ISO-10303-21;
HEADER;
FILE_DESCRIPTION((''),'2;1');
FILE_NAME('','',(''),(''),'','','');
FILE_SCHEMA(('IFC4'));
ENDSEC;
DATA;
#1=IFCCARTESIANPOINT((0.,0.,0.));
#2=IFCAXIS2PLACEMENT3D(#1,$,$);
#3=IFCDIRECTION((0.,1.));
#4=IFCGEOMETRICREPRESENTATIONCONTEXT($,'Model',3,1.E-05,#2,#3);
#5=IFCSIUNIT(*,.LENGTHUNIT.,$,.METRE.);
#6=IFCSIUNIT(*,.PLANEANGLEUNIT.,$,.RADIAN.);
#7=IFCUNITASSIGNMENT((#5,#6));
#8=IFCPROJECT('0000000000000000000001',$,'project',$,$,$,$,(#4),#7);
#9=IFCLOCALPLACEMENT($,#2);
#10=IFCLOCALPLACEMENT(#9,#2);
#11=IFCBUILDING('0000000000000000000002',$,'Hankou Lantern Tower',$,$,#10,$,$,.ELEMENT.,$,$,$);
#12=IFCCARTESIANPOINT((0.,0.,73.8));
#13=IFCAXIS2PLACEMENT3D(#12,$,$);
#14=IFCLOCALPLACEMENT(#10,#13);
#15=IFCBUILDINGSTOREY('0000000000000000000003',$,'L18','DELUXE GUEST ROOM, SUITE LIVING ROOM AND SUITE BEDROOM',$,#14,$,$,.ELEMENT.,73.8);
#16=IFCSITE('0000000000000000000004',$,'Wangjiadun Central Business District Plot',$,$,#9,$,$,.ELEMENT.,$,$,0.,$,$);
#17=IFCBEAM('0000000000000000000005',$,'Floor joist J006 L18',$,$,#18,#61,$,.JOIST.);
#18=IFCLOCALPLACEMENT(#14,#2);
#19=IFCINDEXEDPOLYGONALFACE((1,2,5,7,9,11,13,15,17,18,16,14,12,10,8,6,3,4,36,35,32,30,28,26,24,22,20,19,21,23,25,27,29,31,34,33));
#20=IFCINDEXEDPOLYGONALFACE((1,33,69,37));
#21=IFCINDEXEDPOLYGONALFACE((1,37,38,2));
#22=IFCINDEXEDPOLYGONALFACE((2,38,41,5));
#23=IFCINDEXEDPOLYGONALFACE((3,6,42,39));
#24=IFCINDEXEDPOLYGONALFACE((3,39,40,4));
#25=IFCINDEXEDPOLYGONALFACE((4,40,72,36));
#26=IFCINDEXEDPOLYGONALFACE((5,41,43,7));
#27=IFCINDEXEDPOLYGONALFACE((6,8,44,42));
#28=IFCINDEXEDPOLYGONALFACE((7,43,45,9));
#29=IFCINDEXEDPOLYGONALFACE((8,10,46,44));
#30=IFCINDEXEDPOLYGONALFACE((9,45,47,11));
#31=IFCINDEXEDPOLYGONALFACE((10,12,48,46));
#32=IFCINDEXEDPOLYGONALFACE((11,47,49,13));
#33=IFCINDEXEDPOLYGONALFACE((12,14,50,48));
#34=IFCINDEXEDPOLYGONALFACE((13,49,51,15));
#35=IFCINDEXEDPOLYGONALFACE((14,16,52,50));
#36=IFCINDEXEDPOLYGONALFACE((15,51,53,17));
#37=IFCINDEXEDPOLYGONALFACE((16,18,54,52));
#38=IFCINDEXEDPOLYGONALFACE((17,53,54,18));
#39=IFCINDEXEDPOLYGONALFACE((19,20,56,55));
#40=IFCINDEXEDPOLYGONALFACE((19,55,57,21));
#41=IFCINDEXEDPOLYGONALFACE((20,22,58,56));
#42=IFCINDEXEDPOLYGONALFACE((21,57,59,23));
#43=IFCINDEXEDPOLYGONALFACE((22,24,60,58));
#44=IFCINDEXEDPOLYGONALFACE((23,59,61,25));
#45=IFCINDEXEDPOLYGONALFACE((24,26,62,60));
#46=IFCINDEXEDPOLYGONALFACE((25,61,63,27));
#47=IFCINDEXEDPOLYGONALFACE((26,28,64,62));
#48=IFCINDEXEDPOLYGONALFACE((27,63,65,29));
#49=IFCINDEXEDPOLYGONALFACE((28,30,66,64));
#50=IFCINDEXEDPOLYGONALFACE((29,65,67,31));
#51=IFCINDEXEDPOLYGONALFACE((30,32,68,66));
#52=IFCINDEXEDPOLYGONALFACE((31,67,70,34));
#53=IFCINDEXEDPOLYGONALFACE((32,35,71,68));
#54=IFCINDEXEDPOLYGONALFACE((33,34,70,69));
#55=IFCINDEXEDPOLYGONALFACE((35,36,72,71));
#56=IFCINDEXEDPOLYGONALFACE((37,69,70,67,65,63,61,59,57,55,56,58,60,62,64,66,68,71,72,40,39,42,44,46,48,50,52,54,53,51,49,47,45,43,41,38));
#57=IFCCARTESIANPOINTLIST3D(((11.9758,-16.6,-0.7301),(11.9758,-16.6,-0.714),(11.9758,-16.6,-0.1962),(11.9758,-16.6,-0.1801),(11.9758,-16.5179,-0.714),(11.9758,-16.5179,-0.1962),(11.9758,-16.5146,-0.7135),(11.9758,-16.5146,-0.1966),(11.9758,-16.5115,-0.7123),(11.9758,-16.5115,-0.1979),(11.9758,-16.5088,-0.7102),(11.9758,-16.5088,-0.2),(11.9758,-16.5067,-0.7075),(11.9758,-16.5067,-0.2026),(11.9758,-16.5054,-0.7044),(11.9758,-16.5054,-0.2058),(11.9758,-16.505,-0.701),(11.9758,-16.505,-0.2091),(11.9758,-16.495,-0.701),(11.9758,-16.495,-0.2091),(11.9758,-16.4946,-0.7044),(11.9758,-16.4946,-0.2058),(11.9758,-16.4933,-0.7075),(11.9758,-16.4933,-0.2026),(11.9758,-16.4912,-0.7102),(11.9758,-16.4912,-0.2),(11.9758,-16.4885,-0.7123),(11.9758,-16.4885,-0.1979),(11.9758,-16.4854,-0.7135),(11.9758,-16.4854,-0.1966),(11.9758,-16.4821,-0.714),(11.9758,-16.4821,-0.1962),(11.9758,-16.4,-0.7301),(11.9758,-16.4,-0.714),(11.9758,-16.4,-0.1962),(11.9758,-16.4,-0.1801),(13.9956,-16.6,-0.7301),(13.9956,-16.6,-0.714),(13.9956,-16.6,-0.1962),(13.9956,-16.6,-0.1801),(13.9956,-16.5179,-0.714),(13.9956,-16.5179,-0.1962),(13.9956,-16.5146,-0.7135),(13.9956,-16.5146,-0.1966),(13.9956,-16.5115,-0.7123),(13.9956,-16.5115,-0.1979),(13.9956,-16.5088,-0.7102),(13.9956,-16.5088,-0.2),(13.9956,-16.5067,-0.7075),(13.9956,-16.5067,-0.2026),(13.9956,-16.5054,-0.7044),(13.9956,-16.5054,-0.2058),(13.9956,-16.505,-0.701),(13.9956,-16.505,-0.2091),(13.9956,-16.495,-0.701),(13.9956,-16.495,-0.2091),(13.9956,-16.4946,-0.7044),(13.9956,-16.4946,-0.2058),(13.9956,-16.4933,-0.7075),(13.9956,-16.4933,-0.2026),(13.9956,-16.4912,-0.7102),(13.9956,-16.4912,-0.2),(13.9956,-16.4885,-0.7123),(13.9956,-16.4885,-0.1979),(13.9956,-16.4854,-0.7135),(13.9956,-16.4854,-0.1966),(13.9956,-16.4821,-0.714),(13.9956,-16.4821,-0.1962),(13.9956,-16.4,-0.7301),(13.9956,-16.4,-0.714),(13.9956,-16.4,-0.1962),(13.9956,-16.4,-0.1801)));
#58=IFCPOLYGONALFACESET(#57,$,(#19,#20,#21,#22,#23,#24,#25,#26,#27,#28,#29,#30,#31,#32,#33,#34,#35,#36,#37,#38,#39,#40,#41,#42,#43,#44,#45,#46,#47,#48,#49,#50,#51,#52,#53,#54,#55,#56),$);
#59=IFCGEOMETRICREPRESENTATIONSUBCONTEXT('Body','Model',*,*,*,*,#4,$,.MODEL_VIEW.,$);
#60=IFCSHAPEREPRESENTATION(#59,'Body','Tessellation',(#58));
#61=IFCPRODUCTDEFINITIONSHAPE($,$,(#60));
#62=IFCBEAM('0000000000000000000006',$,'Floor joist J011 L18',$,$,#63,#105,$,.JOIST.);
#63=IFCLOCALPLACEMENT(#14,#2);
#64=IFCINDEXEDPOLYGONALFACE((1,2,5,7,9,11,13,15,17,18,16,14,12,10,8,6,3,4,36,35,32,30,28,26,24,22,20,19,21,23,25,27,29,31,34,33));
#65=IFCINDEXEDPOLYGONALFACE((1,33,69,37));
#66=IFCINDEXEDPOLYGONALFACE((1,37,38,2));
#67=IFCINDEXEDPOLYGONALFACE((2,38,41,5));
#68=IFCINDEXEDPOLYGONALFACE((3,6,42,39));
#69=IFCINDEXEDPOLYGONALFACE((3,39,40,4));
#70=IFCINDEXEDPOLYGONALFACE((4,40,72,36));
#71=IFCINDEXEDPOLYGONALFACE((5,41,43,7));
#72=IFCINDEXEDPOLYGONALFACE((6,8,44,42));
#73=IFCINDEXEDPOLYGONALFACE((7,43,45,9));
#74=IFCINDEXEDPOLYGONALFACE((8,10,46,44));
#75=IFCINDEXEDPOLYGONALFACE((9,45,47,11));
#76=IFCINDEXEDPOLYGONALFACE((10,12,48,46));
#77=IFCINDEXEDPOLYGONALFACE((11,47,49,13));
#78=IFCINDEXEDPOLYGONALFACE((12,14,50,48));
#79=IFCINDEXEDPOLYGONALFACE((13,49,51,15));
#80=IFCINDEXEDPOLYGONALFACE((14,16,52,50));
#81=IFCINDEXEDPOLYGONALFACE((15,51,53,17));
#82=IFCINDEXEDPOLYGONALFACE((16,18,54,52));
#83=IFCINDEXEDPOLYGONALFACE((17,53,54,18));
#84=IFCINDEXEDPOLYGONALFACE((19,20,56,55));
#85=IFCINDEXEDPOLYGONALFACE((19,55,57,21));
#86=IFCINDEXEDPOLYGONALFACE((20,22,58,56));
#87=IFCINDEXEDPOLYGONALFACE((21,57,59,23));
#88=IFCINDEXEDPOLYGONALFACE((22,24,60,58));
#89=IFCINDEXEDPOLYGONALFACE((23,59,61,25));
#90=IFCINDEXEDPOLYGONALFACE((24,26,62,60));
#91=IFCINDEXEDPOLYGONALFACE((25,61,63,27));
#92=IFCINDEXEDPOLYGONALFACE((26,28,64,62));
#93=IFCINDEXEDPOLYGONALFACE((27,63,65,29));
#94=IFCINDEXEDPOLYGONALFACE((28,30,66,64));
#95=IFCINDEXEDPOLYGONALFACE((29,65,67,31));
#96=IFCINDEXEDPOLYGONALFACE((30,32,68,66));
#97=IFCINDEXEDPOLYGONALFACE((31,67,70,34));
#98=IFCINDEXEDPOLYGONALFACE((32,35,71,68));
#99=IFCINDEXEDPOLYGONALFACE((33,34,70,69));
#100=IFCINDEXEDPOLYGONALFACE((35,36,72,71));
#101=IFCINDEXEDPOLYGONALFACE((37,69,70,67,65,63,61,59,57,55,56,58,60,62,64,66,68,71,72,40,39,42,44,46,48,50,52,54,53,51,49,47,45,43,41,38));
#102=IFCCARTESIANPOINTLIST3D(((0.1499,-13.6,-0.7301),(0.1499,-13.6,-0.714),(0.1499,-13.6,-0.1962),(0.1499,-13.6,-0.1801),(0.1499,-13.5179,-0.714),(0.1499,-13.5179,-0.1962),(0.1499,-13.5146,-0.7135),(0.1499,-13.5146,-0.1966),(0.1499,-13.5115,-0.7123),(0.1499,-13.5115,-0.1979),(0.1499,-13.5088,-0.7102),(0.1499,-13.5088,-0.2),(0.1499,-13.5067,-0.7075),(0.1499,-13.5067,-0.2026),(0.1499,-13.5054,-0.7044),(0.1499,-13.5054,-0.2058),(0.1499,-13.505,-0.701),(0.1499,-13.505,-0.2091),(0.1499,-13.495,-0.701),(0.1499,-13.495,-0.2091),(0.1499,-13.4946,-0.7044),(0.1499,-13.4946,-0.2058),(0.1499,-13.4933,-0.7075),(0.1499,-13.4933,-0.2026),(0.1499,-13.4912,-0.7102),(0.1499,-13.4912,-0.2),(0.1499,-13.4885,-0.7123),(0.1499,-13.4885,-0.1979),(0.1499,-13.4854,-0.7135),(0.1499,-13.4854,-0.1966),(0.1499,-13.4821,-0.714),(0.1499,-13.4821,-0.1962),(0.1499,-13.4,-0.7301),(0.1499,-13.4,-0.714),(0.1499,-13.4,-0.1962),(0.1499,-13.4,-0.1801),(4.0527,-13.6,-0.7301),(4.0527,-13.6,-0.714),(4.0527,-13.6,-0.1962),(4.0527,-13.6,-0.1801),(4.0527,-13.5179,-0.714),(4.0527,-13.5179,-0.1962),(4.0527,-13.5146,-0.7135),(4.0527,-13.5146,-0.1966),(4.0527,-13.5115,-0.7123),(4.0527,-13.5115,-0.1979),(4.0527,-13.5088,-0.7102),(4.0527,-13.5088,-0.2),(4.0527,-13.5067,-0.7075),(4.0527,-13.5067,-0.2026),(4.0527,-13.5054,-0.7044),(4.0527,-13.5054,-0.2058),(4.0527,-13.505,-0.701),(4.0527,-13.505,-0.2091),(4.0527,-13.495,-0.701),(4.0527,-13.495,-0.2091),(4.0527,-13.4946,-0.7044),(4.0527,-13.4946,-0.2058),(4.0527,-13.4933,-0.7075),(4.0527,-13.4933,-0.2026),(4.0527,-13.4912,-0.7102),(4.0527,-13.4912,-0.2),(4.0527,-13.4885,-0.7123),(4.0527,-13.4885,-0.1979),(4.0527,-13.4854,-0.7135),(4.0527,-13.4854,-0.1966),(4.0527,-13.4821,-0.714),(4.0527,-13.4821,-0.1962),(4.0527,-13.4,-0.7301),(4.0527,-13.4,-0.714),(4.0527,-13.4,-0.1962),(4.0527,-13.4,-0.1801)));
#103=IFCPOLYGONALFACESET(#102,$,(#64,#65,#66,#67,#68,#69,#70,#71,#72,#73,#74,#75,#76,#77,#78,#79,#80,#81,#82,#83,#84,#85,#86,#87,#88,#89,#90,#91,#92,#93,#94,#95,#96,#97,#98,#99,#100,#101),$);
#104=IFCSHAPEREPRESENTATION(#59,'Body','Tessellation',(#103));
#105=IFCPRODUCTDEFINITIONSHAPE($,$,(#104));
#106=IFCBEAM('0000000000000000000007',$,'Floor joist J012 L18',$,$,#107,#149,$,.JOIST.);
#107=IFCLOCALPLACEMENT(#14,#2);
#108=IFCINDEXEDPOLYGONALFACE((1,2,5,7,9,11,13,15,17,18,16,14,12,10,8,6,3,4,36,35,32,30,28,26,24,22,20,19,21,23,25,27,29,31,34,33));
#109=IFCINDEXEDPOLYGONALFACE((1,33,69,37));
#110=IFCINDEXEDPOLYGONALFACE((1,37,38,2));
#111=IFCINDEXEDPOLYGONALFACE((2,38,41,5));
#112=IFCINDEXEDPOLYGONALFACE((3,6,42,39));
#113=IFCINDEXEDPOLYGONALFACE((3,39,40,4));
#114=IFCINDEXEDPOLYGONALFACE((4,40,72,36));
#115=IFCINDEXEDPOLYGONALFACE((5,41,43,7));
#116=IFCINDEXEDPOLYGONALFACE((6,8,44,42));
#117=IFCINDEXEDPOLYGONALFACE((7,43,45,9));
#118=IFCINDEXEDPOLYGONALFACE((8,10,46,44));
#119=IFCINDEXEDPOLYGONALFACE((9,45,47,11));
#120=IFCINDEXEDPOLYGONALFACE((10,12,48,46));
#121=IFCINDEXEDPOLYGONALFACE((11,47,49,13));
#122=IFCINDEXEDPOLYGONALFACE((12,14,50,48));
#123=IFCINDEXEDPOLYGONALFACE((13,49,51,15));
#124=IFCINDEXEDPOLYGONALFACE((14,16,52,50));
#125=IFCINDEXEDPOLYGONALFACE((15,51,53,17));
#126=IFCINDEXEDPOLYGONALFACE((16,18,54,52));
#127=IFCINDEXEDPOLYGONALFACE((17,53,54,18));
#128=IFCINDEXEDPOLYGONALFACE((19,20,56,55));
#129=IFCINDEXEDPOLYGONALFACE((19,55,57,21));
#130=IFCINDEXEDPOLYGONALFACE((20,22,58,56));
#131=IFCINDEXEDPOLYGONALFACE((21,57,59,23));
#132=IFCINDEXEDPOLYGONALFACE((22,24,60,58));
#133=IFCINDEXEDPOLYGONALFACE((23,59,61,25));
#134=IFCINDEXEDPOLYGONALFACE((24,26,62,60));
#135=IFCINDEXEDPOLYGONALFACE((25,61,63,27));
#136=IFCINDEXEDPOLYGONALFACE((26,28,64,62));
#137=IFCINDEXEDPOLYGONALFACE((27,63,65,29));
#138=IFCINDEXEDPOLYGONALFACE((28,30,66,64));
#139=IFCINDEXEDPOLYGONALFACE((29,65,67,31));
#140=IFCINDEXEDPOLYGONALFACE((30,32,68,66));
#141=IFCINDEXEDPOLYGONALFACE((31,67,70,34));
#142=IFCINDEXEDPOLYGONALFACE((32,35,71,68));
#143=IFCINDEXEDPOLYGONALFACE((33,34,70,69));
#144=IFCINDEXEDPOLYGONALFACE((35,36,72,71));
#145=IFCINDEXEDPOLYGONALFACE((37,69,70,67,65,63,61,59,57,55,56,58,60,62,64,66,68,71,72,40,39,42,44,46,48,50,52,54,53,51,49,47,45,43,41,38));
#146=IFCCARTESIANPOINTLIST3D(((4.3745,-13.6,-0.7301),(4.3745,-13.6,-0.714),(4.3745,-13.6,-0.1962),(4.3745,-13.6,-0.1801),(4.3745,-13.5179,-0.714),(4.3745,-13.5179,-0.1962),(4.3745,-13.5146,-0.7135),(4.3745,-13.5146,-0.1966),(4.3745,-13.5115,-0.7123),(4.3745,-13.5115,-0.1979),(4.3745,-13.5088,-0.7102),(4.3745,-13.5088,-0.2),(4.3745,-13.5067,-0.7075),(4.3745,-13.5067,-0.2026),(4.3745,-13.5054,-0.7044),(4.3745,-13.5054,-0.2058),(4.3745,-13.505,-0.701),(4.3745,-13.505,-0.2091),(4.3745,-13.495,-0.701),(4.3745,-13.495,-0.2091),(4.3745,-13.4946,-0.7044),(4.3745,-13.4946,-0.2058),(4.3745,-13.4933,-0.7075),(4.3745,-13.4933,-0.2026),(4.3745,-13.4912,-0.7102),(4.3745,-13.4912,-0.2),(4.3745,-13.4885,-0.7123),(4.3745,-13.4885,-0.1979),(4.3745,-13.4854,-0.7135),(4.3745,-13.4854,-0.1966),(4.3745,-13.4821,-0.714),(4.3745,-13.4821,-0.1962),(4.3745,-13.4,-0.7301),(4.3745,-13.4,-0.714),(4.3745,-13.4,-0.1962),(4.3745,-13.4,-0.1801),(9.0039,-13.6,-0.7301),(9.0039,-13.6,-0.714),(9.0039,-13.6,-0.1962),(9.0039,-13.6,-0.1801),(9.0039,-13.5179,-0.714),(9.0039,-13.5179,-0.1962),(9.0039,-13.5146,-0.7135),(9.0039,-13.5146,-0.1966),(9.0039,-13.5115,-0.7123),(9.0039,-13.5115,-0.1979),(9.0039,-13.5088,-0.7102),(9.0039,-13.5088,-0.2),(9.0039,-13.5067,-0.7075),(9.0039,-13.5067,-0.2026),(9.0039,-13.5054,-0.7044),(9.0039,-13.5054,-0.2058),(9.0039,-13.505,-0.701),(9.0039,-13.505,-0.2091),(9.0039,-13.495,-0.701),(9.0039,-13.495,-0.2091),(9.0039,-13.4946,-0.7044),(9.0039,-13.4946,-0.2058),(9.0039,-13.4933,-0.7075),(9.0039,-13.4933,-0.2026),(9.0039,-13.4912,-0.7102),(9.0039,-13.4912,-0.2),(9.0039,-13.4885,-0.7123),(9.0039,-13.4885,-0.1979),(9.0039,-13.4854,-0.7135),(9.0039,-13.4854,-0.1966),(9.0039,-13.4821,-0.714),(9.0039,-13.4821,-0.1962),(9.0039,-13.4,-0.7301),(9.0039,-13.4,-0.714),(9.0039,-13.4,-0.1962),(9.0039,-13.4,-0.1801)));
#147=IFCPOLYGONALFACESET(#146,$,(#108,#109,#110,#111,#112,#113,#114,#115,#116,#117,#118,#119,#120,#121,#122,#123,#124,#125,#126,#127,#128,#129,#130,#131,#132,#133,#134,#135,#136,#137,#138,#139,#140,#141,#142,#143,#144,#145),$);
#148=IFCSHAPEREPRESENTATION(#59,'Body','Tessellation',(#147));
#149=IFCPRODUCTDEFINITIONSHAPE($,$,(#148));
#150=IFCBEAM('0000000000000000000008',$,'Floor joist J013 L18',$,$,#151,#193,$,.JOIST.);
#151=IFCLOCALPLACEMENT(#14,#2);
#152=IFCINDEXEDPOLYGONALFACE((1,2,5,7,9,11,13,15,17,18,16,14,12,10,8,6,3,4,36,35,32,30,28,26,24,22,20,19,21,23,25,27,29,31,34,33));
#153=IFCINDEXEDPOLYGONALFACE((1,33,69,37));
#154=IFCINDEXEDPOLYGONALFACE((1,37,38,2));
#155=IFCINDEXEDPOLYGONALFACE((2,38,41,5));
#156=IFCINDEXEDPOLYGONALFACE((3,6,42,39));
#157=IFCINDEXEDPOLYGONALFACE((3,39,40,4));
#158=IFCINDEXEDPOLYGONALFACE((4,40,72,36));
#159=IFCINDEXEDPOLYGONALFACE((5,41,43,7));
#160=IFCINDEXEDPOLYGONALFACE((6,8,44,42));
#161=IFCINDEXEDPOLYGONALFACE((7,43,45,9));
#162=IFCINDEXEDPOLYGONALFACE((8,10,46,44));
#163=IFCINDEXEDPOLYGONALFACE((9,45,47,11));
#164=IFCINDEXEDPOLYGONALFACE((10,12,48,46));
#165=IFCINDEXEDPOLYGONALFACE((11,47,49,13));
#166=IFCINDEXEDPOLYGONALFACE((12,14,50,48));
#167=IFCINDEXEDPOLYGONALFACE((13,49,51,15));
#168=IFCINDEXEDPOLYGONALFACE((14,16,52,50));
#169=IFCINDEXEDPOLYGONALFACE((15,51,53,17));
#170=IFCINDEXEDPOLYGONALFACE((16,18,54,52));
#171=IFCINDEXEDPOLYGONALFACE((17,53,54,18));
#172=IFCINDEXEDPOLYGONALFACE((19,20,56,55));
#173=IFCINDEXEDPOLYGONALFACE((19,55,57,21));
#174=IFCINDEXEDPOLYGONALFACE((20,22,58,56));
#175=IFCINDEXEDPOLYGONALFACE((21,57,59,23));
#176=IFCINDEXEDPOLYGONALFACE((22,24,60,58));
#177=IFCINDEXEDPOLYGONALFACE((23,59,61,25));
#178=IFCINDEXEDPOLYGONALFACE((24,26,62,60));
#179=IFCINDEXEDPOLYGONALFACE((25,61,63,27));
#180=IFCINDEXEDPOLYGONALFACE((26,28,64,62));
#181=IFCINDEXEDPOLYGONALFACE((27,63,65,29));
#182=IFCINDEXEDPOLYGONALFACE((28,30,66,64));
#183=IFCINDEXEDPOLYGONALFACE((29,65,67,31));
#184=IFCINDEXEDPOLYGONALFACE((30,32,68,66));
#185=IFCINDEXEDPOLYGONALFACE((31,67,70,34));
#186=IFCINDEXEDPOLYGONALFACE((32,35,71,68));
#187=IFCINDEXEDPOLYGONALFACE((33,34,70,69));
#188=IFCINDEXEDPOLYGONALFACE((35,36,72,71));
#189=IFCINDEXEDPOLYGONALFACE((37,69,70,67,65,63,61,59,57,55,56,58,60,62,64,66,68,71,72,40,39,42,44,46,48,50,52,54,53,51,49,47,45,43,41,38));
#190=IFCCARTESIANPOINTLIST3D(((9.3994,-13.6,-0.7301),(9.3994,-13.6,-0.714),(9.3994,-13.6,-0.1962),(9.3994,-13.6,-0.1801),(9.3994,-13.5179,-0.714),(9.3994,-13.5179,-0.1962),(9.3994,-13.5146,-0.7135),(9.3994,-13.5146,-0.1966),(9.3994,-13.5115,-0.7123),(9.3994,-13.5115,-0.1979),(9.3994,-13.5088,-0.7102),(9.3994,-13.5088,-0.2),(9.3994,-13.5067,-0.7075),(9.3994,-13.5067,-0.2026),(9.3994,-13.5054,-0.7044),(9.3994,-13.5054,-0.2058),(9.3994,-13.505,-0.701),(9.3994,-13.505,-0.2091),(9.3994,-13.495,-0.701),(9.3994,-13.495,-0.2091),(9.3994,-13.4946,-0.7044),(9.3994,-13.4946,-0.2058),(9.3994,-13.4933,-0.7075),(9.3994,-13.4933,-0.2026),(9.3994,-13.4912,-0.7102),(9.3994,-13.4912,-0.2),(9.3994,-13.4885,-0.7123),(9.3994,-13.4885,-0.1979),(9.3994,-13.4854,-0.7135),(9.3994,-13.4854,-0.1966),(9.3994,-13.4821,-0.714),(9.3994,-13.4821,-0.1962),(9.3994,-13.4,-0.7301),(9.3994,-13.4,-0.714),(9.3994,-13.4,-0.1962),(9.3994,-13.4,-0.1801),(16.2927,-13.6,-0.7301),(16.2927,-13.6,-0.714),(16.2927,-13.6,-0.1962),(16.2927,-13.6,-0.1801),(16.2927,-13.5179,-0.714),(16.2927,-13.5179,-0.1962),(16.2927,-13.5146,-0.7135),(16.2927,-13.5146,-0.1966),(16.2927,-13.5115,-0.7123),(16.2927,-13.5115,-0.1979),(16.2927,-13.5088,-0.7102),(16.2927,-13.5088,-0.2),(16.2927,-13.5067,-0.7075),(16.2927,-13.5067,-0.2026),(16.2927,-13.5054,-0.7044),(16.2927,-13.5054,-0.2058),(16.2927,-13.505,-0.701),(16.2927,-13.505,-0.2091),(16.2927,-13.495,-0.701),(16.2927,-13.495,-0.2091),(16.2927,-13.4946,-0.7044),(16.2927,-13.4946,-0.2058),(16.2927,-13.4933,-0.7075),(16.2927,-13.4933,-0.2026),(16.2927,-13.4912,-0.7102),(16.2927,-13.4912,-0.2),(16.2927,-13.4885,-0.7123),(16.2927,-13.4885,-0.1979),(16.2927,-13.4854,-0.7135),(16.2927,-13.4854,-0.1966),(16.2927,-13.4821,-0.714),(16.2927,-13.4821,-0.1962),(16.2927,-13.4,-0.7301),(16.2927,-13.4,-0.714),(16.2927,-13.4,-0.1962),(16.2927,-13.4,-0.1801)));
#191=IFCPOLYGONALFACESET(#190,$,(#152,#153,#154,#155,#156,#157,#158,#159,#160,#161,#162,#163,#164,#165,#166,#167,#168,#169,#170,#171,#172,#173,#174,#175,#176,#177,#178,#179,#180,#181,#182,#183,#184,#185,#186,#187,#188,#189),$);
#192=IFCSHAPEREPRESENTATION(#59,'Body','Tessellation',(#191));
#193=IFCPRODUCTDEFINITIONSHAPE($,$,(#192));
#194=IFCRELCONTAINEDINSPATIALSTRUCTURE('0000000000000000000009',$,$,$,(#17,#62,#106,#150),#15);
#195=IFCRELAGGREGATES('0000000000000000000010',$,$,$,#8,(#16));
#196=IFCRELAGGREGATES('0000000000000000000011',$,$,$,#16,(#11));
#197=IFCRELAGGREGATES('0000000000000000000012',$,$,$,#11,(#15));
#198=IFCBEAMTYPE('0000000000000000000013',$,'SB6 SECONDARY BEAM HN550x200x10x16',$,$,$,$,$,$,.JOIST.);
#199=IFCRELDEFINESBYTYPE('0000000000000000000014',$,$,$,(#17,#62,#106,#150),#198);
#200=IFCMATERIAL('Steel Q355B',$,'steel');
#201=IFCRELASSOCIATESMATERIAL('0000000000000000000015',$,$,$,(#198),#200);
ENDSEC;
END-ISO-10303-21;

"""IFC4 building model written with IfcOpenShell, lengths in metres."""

from ifc_helpers import new_model, si_unit, direction, frame, origin, origin_2d, place, context, subcontext, project, spatial, i_section, extrude, material, material_profile, profile_set, type_object, element, save


model = new_model("IFC4")

# Units and contexts
model_context = context("Model", 3, precision=1e-05, world=origin(), true_north=direction((0.0, 1.0)))
body_context = subcontext(model_context, "Body", "Model", "MODEL_VIEW")
ifc_project = project(units=[si_unit("LENGTHUNIT", "METRE"), si_unit("PLANEANGLEUNIT", "RADIAN")], contexts=[model_context])

# Site, building, storey
site_placement = place(None, origin())
site = spatial("IfcSite", under=ifc_project, at=site_placement, Name="Wangjiadun Central Business District Plot", CompositionType="ELEMENT", RefElevation=0.0)
building_placement = place(site_placement, origin())
building = spatial("IfcBuilding", under=site, at=building_placement, Name="Hankou Lantern Tower", CompositionType="ELEMENT")
storey_placement = place(building_placement, frame((0.0, 0.0, 73.8)))
storey = spatial("IfcBuildingStorey", under=building, at=storey_placement, Name="L18", Description="DELUXE GUEST ROOM, SUITE LIVING ROOM AND SUITE BEDROOM", CompositionType="ELEMENT", Elevation=73.8)

# Beams
ifc_material_1 = material(Name="Steel Q355B", Category="steel")
ifc_material_profile_1 = material_profile(ifc_material_1, i_section(OverallWidth=0.2, OverallDepth=0.55, WebThickness=0.01, FlangeThickness=0.0161, FilletRadius=0.0129, at=origin_2d()), Name="HN550x200x10x16")
ifc_profile_set_1 = profile_set([ifc_material_profile_1], Name="Steel Q355B")
beam_type_1 = type_object("IfcBeamType", Name="SB6 SECONDARY BEAM HN550x200x10x16", PredefinedType="JOIST", material=ifc_profile_set_1)
beam_1_placement = place(storey_placement, frame((11.9758, -16.5, -0.4551), z_axis=(1.0, 0.0, 0.0), x_axis=(0.0, 1.0, 0.0)))
element("IfcBeam", 1, at=beam_1_placement, inside=storey, type_object=beam_type_1, Name="Floor joist J006 L18", PredefinedType="JOIST", context=body_context, shape_type="SweptSolid", body=[
    extrude(i_section(OverallWidth=0.2, OverallDepth=0.55, WebThickness=0.01, FlangeThickness=0.0161, FilletRadius=0.0129, at=origin_2d()), origin(), (0.0, 0.0, 1.0), 2.0198),
])
beam_2_placement = place(storey_placement, frame((0.1499, -13.5, -0.4551), z_axis=(1.0, 0.0, 0.0), x_axis=(0.0, 1.0, 0.0)))
element("IfcBeam", 2, at=beam_2_placement, inside=storey, type_object=beam_type_1, Name="Floor joist J011 L18", PredefinedType="JOIST", context=body_context, shape_type="SweptSolid", body=[
    extrude(i_section(OverallWidth=0.2, OverallDepth=0.55, WebThickness=0.01, FlangeThickness=0.0161, FilletRadius=0.0129, at=origin_2d()), origin(), (0.0, 0.0, 1.0), 3.9028),
])
beam_3_placement = place(storey_placement, frame((4.3745, -13.5, -0.4551), z_axis=(1.0, 0.0, 0.0), x_axis=(0.0, 1.0, 0.0)))
element("IfcBeam", 3, at=beam_3_placement, inside=storey, type_object=beam_type_1, Name="Floor joist J012 L18", PredefinedType="JOIST", context=body_context, shape_type="SweptSolid", body=[
    extrude(i_section(OverallWidth=0.2, OverallDepth=0.55, WebThickness=0.01, FlangeThickness=0.0161, FilletRadius=0.0129, at=origin_2d()), origin(), (0.0, 0.0, 1.0), 4.6294),
])
beam_4_placement = place(storey_placement, frame((9.3994, -13.5, -0.4551), z_axis=(1.0, 0.0, 0.0), x_axis=(0.0, 1.0, 0.0)))
element("IfcBeam", 4, at=beam_4_placement, inside=storey, type_object=beam_type_1, Name="Floor joist J013 L18", PredefinedType="JOIST", context=body_context, shape_type="SweptSolid", body=[
    extrude(i_section(OverallWidth=0.2, OverallDepth=0.55, WebThickness=0.01, FlangeThickness=0.0161, FilletRadius=0.0129, at=origin_2d()), origin(), (0.0, 0.0, 1.0), 6.8933),
])

save(model, "model.ifc")
